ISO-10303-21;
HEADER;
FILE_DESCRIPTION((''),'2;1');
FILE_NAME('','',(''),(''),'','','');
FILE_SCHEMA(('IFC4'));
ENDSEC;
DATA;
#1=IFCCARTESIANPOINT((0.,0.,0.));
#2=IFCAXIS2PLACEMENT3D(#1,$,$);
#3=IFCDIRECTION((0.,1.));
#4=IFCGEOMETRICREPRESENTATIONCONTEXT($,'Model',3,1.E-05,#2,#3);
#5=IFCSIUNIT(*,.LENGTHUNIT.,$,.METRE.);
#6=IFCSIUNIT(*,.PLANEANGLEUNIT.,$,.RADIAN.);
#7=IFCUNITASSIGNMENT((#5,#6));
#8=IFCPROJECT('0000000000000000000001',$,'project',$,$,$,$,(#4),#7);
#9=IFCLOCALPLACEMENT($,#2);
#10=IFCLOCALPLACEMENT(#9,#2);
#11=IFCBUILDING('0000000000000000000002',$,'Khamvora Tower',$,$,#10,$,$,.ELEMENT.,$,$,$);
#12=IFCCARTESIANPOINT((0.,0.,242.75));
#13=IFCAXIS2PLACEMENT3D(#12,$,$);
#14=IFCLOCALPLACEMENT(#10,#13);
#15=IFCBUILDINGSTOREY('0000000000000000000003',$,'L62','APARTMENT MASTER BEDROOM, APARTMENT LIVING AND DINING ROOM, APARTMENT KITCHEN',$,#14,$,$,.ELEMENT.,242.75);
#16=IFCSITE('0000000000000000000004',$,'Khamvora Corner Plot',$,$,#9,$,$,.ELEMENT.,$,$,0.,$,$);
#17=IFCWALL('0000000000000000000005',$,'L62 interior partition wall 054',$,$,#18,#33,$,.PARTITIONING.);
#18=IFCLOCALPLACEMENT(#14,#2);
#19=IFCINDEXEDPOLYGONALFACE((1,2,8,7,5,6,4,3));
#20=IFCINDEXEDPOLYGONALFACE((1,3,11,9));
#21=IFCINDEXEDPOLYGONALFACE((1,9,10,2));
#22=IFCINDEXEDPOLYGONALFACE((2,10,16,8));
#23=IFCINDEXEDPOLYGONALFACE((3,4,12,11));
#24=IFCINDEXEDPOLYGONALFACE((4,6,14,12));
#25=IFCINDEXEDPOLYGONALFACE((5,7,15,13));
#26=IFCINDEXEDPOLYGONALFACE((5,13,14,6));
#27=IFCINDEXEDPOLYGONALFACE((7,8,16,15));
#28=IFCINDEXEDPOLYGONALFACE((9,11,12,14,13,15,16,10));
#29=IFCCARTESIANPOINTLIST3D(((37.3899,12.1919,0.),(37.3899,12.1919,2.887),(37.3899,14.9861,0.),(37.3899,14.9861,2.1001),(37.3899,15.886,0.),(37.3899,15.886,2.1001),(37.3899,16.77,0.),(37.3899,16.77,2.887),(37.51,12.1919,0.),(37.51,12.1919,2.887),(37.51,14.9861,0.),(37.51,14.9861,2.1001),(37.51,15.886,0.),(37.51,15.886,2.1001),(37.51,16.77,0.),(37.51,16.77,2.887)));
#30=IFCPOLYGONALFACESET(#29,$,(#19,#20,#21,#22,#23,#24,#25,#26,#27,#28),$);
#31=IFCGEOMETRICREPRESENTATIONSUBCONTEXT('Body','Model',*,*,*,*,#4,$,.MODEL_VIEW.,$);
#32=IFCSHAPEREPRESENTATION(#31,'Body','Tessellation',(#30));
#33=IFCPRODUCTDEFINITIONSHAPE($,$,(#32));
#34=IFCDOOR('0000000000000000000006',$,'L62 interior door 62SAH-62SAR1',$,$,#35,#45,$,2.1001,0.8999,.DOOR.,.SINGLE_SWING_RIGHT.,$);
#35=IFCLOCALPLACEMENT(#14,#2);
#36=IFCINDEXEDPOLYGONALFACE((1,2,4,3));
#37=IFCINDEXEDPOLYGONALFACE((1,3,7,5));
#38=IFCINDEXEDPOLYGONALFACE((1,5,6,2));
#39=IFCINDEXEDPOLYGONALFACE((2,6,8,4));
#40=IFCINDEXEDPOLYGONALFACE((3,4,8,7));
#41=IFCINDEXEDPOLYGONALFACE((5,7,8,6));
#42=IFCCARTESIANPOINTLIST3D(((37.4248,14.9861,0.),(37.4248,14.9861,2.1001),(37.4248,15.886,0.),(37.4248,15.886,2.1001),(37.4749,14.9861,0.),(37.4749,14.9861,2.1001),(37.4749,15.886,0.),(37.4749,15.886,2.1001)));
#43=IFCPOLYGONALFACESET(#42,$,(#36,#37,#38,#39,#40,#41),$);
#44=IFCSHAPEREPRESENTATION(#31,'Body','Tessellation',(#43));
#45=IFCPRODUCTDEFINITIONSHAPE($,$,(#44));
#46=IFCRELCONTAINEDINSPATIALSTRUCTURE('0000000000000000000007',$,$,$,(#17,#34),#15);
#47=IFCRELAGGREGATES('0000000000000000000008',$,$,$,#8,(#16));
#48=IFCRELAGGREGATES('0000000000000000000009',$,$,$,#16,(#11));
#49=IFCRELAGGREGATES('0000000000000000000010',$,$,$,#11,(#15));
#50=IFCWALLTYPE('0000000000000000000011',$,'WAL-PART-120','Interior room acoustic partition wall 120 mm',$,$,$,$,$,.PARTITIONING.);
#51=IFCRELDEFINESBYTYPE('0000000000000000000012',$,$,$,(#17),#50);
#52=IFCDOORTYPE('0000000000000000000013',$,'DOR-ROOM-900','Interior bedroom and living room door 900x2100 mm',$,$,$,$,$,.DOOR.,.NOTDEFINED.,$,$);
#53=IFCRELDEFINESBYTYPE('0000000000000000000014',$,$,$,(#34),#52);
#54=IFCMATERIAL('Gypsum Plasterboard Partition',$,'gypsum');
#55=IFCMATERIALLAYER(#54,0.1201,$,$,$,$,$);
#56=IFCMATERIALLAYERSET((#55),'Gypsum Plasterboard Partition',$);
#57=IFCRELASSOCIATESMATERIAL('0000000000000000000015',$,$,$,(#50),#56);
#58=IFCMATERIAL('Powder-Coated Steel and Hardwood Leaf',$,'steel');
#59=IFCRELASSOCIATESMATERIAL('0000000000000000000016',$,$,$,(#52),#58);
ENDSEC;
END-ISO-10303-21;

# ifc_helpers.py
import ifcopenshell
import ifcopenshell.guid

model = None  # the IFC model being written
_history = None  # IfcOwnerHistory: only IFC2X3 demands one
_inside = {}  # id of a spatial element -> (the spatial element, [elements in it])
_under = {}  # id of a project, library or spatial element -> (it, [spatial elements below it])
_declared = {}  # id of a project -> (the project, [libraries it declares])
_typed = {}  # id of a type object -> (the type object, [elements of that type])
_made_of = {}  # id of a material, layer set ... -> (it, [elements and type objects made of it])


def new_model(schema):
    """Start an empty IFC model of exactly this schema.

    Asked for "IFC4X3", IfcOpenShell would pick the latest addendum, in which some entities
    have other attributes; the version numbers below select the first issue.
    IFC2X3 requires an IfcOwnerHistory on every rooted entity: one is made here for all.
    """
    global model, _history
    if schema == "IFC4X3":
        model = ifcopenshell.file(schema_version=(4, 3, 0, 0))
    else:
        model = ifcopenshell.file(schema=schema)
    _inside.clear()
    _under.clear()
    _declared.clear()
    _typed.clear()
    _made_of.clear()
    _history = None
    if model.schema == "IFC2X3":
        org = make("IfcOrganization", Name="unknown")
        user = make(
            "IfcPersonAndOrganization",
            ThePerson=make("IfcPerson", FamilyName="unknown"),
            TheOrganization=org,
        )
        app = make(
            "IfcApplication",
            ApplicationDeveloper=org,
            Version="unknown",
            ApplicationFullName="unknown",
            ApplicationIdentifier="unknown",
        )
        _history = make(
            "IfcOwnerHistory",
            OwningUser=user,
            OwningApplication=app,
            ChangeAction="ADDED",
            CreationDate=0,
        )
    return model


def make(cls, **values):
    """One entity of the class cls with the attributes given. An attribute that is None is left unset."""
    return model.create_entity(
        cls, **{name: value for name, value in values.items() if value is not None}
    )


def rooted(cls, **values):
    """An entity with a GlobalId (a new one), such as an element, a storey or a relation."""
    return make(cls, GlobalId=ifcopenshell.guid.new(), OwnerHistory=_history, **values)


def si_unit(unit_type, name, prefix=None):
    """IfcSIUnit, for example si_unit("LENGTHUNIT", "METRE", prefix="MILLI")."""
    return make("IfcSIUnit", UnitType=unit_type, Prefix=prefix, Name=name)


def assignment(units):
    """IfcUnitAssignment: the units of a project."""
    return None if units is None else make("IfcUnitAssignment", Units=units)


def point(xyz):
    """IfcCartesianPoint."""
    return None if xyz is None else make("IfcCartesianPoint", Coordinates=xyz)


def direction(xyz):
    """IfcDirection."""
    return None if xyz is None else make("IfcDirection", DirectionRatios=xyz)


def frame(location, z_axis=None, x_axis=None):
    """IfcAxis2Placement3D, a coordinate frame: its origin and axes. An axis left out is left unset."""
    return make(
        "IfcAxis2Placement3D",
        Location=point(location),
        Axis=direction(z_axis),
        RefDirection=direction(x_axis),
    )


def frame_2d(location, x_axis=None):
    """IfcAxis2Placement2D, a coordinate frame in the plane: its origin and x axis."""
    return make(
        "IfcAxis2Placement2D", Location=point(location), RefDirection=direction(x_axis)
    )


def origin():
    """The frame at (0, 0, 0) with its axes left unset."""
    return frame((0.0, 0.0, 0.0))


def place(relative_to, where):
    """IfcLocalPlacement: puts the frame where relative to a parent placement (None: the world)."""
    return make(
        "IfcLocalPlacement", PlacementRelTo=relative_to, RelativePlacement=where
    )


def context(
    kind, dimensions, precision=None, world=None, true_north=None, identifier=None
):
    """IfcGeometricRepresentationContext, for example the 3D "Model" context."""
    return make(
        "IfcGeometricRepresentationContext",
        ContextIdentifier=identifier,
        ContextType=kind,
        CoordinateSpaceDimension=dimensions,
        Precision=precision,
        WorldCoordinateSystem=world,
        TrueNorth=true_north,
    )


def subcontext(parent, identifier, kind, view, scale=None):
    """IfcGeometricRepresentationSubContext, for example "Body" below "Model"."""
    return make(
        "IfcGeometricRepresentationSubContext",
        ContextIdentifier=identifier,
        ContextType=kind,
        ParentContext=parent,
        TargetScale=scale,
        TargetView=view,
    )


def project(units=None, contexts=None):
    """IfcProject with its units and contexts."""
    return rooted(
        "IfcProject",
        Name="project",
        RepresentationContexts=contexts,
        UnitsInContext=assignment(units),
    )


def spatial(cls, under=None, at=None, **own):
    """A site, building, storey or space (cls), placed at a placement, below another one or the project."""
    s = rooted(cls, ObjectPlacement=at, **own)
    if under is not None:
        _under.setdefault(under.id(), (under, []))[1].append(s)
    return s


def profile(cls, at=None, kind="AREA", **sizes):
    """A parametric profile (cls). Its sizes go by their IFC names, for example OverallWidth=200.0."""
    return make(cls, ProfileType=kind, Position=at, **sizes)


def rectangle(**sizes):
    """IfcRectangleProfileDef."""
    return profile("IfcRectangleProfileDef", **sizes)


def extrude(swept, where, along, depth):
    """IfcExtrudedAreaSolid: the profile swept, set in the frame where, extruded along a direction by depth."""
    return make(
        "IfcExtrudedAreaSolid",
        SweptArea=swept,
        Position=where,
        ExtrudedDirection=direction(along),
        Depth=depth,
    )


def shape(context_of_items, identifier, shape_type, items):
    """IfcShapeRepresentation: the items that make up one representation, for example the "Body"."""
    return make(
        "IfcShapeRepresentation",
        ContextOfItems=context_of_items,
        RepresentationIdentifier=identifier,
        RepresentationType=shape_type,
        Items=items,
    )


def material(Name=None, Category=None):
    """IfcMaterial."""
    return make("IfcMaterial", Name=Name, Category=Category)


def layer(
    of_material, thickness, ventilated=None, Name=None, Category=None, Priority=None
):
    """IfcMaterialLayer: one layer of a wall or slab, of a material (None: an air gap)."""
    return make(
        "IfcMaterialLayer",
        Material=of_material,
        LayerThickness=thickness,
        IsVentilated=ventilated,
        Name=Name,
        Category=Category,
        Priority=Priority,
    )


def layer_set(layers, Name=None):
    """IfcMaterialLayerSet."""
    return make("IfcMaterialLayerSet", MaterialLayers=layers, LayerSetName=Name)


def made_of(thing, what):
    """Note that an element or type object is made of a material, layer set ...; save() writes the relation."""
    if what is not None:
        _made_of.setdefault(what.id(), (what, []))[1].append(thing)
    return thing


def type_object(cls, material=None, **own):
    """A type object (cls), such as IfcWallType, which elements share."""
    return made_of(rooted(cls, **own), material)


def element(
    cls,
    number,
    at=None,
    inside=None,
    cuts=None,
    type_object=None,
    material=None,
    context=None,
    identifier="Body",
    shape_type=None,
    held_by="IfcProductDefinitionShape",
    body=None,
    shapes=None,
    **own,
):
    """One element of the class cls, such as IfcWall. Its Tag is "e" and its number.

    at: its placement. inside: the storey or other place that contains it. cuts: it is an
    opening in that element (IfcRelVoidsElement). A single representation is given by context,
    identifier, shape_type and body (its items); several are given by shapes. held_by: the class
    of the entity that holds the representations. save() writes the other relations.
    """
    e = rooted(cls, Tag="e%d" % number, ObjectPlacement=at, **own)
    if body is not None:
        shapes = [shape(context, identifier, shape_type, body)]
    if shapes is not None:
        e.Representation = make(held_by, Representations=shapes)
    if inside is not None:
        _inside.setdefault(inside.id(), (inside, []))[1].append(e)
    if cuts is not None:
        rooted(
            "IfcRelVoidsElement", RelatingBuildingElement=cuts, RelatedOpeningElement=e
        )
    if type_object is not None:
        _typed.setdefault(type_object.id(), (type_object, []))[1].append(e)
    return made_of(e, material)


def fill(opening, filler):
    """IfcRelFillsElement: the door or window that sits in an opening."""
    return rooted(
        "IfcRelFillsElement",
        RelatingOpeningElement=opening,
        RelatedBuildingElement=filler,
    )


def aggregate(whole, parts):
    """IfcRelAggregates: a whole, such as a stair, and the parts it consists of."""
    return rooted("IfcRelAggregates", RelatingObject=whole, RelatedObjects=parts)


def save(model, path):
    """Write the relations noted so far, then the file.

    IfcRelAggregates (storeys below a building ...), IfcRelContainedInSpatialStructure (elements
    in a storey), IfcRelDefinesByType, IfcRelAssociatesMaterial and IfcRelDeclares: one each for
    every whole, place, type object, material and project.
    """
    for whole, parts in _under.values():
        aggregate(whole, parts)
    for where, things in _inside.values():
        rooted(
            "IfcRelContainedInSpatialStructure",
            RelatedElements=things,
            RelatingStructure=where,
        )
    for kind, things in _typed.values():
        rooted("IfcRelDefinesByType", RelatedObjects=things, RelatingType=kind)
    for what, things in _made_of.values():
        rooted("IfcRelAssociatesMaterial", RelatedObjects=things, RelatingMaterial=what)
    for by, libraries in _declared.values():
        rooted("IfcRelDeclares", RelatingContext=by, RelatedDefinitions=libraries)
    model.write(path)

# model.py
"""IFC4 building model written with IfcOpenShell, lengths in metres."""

from ifc_helpers import new_model, si_unit, direction, frame, frame_2d, origin, place, context, subcontext, project, spatial, rectangle, extrude, material, layer, layer_set, type_object, element, fill, save


model = new_model("IFC4")

# Units and contexts
model_context = context("Model", 3, precision=1e-05, world=origin(), true_north=direction((0.0, 1.0)))
body_context = subcontext(model_context, "Body", "Model", "MODEL_VIEW")
ifc_project = project(units=[si_unit("LENGTHUNIT", "METRE"), si_unit("PLANEANGLEUNIT", "RADIAN")], contexts=[model_context])

# Site, building, storey
site_placement = place(None, origin())
site = spatial("IfcSite", under=ifc_project, at=site_placement, Name="Khamvora Corner Plot", CompositionType="ELEMENT", RefElevation=0.0)
building_placement = place(site_placement, origin())
building = spatial("IfcBuilding", under=site, at=building_placement, Name="Khamvora Tower", CompositionType="ELEMENT")
storey_placement = place(building_placement, frame((0.0, 0.0, 242.75)))
storey = spatial("IfcBuildingStorey", under=building, at=storey_placement, Name="L62", Description="APARTMENT MASTER BEDROOM, APARTMENT LIVING AND DINING ROOM, APARTMENT KITCHEN", CompositionType="ELEMENT", Elevation=242.75)

# Shared definitions
ifc_material_1 = material(Name="Powder-Coated Steel and Hardwood Leaf", Category="steel")

# Wall, opening, door
ifc_material_2 = material(Name="Gypsum Plasterboard Partition", Category="gypsum")
ifc_layer_1 = layer(ifc_material_2, 0.1201)
ifc_layer_set_1 = layer_set([ifc_layer_1], Name="Gypsum Plasterboard Partition")
wall_type_1 = type_object("IfcWallType", Name="WAL-PART-120", Description="Interior room acoustic partition wall 120 mm", PredefinedType="PARTITIONING", material=ifc_layer_set_1)
wall_1_placement = place(storey_placement, frame((37.45, 16.77, 0.0), z_axis=(0.0, 0.0, 1.0), x_axis=(0.0, -1.0, 0.0)))
wall_1 = element("IfcWall", 1, at=wall_1_placement, inside=storey, type_object=wall_type_1, Name="L62 interior partition wall 054", PredefinedType="PARTITIONING", context=body_context, shape_type="SweptSolid", body=[
    extrude(rectangle(XDim=4.5781, YDim=0.1201, at=frame_2d((2.2891, 0.0))), origin(), (0.0, 0.0, 1.0), 2.887),
])
opening_1_placement = place(wall_1_placement, frame((0.884, 0.0, 0.0)))
opening_1 = element("IfcOpeningElement", 2, at=opening_1_placement, cuts=wall_1, PredefinedType="OPENING", context=body_context, shape_type="SweptSolid", body=[
    extrude(rectangle(XDim=0.8999, YDim=2.1001, at=frame_2d((0.45, 1.05))), frame((0.0, 0.0701, 0.0), z_axis=(0.0, -1.0, 0.0), x_axis=(1.0, 0.0, 0.0)), (0.0, 0.0, 1.0), 0.1401),
])
door_type_1 = type_object("IfcDoorType", Name="DOR-ROOM-900", Description="Interior bedroom and living room door 900x2100 mm", OperationType="NOTDEFINED", PredefinedType="DOOR", material=ifc_material_1)
door_1_placement = place(opening_1_placement, origin())
door_1 = element("IfcDoor", 3, at=door_1_placement, inside=storey, type_object=door_type_1, Name="L62 interior door 62SAH-62SAR1", OperationType="SINGLE_SWING_RIGHT", OverallHeight=2.1001, OverallWidth=0.8999, PredefinedType="DOOR", context=body_context, shape_type="SweptSolid", body=[
    extrude(rectangle(XDim=0.8999, YDim=2.1001, at=frame_2d((0.45, 1.05))), frame((0.0, 0.0249, 0.0), z_axis=(0.0, -1.0, 0.0), x_axis=(1.0, 0.0, 0.0)), (0.0, 0.0, 1.0), 0.05),
])
fill(opening_1, door_1)

save(model, "model.ifc")
